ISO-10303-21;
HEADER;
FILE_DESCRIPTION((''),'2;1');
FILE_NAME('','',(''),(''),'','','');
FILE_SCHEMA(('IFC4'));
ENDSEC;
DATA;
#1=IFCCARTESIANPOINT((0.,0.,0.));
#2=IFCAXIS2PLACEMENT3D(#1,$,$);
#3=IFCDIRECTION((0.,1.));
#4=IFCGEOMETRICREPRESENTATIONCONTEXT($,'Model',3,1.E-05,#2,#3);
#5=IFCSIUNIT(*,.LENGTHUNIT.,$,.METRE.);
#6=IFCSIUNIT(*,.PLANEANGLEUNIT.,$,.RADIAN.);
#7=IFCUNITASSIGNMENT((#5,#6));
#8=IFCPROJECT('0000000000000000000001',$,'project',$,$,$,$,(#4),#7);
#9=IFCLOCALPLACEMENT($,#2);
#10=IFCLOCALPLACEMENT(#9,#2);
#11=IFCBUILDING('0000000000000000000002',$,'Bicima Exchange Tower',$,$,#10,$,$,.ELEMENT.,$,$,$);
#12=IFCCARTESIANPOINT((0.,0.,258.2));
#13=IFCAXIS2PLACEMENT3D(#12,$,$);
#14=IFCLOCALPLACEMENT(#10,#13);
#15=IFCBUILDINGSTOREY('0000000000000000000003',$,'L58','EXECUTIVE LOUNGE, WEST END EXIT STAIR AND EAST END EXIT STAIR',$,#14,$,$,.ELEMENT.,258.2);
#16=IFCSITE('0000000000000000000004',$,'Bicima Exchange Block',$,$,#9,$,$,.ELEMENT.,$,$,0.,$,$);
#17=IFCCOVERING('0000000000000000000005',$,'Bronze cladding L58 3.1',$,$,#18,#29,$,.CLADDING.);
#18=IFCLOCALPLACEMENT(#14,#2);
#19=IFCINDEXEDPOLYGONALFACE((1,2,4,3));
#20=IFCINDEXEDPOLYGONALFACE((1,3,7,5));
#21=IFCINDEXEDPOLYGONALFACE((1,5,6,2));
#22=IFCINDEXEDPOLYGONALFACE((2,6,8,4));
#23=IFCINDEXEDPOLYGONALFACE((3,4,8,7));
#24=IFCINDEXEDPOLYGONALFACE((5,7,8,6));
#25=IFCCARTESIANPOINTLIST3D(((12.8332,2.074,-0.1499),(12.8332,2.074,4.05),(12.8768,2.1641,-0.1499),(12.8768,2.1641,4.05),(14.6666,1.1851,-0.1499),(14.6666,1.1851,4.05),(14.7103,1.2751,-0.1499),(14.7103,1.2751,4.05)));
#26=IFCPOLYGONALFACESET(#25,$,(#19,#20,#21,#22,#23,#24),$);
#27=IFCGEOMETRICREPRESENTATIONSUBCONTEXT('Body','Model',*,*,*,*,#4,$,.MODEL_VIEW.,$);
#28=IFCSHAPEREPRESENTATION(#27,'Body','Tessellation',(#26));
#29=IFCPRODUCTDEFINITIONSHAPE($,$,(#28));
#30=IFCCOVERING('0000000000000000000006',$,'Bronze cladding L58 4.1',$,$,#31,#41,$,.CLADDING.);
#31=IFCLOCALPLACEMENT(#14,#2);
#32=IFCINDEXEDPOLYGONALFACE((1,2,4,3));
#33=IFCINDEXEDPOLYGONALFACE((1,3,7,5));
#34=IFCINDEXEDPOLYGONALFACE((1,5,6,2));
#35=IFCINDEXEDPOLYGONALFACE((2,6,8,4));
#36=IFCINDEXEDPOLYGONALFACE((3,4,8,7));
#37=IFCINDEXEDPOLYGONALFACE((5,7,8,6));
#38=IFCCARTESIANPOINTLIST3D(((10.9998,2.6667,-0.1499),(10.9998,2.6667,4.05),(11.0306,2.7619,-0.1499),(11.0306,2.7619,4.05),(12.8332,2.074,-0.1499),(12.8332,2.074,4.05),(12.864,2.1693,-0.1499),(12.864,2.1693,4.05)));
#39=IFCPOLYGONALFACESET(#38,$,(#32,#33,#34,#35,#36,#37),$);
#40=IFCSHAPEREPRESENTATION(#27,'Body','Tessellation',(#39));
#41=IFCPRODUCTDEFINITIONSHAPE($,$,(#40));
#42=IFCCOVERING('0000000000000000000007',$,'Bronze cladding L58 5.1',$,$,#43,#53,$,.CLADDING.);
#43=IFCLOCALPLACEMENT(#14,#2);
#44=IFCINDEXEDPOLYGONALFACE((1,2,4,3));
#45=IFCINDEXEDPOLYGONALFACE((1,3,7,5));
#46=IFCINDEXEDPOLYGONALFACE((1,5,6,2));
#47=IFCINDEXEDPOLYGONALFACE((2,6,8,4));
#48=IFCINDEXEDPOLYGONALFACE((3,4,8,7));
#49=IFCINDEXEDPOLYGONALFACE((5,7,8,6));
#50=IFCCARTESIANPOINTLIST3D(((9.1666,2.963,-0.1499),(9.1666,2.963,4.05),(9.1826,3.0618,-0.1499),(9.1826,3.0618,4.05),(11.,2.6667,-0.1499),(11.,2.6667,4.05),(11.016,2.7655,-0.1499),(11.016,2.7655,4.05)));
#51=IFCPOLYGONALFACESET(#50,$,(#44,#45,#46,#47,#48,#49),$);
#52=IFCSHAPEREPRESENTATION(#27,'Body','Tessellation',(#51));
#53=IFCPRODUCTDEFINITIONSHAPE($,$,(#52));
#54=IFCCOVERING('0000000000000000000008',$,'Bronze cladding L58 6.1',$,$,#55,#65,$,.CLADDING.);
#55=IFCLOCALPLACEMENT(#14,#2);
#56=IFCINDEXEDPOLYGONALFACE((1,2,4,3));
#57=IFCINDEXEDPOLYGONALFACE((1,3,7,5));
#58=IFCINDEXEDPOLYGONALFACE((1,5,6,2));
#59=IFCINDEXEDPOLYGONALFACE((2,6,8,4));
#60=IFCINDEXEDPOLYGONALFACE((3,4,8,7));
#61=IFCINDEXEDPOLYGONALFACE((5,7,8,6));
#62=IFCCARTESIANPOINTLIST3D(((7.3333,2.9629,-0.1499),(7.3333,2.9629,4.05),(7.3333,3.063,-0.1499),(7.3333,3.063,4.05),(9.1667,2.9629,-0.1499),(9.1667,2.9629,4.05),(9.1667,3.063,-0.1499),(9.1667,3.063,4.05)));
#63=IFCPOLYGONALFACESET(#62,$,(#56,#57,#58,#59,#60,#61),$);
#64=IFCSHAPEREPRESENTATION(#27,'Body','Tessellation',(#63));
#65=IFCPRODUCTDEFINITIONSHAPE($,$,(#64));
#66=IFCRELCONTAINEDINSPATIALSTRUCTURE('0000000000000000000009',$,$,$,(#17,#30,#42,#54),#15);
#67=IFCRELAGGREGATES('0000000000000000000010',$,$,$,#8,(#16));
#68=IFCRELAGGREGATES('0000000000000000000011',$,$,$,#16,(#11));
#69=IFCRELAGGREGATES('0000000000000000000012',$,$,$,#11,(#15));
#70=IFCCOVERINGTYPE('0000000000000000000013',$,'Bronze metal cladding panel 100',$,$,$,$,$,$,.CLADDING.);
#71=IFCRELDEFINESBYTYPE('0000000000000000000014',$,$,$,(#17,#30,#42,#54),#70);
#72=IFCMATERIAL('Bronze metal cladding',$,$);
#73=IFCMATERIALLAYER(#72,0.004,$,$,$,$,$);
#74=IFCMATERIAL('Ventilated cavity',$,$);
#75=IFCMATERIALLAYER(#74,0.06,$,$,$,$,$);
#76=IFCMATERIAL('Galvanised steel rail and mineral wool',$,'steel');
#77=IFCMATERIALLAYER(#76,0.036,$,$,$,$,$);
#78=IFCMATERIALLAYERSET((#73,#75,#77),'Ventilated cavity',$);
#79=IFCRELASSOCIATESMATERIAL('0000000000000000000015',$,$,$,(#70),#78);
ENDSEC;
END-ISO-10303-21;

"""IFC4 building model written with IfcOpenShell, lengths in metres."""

from ifc_helpers import new_model, si_unit, direction, frame, origin, origin_2d, place, context, subcontext, project, spatial, rectangle, extrude, material, layer, layer_set, type_object, element, save


model = new_model("IFC4")

# Units and contexts
model_context = context("Model", 3, precision=1e-05, world=origin(), true_north=direction((0.0, 1.0)))
body_context = subcontext(model_context, "Body", "Model", "MODEL_VIEW")
ifc_project = project(units=[si_unit("LENGTHUNIT", "METRE"), si_unit("PLANEANGLEUNIT", "RADIAN")], contexts=[model_context])

# Site, building, storey
site_placement = place(None, origin())
site = spatial("IfcSite", under=ifc_project, at=site_placement, Name="Bicima Exchange Block", CompositionType="ELEMENT", RefElevation=0.0)
building_placement = place(site_placement, origin())
building = spatial("IfcBuilding", under=site, at=building_placement, Name="Bicima Exchange Tower", CompositionType="ELEMENT")
storey_placement = place(building_placement, frame((0.0, 0.0, 258.2)))
storey = spatial("IfcBuildingStorey", under=building, at=storey_placement, Name="L58", Description="EXECUTIVE LOUNGE, WEST END EXIT STAIR AND EAST END EXIT STAIR", CompositionType="ELEMENT", Elevation=258.2)

# Coverings
ifc_material_1 = material(Name="Bronze metal cladding")
ifc_layer_1 = layer(ifc_material_1, 0.004)
ifc_material_2 = material(Name="Ventilated cavity")
ifc_layer_2 = layer(ifc_material_2, 0.06)
ifc_material_3 = material(Name="Galvanised steel rail and mineral wool", Category="steel")
ifc_layer_3 = layer(ifc_material_3, 0.036)
ifc_layer_set_1 = layer_set([ifc_layer_1, ifc_layer_2, ifc_layer_3], Name="Ventilated cavity")
covering_type = type_object("IfcCoveringType", Name="Bronze metal cladding panel 100", PredefinedType="CLADDING", material=ifc_layer_set_1)
covering_1_placement = place(storey_placement, frame((13.7717, 1.6746, -0.1499), z_axis=(0.0, 0.0, 1.0), x_axis=(-0.899818, 0.436265, 0.0)))
element("IfcCovering", 1, at=covering_1_placement, inside=storey, type_object=covering_type, Name="Bronze cladding L58 3.1", PredefinedType="CLADDING", context=body_context, shape_type="SweptSolid", body=[
    extrude(rectangle(XDim=2.0376, YDim=0.1001, at=origin_2d()), origin(), (0.0, 0.0, 1.0), 4.2),
])
covering_2_placement = place(storey_placement, frame((11.9319, 2.418, -0.1499), z_axis=(0.0, 0.0, 1.0), x_axis=(-0.951525, 0.307573, 0.0)))
element("IfcCovering", 2, at=covering_2_placement, inside=storey, type_object=covering_type, Name="Bronze cladding L58 4.1", PredefinedType="CLADDING", context=body_context, shape_type="SweptSolid", body=[
    extrude(rectangle(XDim=1.9268, YDim=0.1001, at=origin_2d()), origin(), (0.0, 0.0, 1.0), 4.2),
])
covering_3_placement = place(storey_placement, frame((10.0913, 2.8643, -0.1499), z_axis=(0.0, 0.0, 1.0), x_axis=(-0.98719, 0.15955, 0.0)))
element("IfcCovering", 3, at=covering_3_placement, inside=storey, type_object=covering_type, Name="Bronze cladding L58 5.1", PredefinedType="CLADDING", context=body_context, shape_type="SweptSolid", body=[
    extrude(rectangle(XDim=1.8572, YDim=0.1001, at=origin_2d()), origin(), (0.0, 0.0, 1.0), 4.2),
])
covering_4_placement = place(storey_placement, frame((8.25, 3.0129, -0.1499), z_axis=(0.0, 0.0, 1.0), x_axis=(-1.0, 0.0, 0.0)))
element("IfcCovering", 4, at=covering_4_placement, inside=storey, type_object=covering_type, Name="Bronze cladding L58 6.1", PredefinedType="CLADDING", context=body_context, shape_type="SweptSolid", body=[
    extrude(rectangle(XDim=1.8335, YDim=0.1001, at=origin_2d()), origin(), (0.0, 0.0, 1.0), 4.2),
])

save(model, "model.ifc")
